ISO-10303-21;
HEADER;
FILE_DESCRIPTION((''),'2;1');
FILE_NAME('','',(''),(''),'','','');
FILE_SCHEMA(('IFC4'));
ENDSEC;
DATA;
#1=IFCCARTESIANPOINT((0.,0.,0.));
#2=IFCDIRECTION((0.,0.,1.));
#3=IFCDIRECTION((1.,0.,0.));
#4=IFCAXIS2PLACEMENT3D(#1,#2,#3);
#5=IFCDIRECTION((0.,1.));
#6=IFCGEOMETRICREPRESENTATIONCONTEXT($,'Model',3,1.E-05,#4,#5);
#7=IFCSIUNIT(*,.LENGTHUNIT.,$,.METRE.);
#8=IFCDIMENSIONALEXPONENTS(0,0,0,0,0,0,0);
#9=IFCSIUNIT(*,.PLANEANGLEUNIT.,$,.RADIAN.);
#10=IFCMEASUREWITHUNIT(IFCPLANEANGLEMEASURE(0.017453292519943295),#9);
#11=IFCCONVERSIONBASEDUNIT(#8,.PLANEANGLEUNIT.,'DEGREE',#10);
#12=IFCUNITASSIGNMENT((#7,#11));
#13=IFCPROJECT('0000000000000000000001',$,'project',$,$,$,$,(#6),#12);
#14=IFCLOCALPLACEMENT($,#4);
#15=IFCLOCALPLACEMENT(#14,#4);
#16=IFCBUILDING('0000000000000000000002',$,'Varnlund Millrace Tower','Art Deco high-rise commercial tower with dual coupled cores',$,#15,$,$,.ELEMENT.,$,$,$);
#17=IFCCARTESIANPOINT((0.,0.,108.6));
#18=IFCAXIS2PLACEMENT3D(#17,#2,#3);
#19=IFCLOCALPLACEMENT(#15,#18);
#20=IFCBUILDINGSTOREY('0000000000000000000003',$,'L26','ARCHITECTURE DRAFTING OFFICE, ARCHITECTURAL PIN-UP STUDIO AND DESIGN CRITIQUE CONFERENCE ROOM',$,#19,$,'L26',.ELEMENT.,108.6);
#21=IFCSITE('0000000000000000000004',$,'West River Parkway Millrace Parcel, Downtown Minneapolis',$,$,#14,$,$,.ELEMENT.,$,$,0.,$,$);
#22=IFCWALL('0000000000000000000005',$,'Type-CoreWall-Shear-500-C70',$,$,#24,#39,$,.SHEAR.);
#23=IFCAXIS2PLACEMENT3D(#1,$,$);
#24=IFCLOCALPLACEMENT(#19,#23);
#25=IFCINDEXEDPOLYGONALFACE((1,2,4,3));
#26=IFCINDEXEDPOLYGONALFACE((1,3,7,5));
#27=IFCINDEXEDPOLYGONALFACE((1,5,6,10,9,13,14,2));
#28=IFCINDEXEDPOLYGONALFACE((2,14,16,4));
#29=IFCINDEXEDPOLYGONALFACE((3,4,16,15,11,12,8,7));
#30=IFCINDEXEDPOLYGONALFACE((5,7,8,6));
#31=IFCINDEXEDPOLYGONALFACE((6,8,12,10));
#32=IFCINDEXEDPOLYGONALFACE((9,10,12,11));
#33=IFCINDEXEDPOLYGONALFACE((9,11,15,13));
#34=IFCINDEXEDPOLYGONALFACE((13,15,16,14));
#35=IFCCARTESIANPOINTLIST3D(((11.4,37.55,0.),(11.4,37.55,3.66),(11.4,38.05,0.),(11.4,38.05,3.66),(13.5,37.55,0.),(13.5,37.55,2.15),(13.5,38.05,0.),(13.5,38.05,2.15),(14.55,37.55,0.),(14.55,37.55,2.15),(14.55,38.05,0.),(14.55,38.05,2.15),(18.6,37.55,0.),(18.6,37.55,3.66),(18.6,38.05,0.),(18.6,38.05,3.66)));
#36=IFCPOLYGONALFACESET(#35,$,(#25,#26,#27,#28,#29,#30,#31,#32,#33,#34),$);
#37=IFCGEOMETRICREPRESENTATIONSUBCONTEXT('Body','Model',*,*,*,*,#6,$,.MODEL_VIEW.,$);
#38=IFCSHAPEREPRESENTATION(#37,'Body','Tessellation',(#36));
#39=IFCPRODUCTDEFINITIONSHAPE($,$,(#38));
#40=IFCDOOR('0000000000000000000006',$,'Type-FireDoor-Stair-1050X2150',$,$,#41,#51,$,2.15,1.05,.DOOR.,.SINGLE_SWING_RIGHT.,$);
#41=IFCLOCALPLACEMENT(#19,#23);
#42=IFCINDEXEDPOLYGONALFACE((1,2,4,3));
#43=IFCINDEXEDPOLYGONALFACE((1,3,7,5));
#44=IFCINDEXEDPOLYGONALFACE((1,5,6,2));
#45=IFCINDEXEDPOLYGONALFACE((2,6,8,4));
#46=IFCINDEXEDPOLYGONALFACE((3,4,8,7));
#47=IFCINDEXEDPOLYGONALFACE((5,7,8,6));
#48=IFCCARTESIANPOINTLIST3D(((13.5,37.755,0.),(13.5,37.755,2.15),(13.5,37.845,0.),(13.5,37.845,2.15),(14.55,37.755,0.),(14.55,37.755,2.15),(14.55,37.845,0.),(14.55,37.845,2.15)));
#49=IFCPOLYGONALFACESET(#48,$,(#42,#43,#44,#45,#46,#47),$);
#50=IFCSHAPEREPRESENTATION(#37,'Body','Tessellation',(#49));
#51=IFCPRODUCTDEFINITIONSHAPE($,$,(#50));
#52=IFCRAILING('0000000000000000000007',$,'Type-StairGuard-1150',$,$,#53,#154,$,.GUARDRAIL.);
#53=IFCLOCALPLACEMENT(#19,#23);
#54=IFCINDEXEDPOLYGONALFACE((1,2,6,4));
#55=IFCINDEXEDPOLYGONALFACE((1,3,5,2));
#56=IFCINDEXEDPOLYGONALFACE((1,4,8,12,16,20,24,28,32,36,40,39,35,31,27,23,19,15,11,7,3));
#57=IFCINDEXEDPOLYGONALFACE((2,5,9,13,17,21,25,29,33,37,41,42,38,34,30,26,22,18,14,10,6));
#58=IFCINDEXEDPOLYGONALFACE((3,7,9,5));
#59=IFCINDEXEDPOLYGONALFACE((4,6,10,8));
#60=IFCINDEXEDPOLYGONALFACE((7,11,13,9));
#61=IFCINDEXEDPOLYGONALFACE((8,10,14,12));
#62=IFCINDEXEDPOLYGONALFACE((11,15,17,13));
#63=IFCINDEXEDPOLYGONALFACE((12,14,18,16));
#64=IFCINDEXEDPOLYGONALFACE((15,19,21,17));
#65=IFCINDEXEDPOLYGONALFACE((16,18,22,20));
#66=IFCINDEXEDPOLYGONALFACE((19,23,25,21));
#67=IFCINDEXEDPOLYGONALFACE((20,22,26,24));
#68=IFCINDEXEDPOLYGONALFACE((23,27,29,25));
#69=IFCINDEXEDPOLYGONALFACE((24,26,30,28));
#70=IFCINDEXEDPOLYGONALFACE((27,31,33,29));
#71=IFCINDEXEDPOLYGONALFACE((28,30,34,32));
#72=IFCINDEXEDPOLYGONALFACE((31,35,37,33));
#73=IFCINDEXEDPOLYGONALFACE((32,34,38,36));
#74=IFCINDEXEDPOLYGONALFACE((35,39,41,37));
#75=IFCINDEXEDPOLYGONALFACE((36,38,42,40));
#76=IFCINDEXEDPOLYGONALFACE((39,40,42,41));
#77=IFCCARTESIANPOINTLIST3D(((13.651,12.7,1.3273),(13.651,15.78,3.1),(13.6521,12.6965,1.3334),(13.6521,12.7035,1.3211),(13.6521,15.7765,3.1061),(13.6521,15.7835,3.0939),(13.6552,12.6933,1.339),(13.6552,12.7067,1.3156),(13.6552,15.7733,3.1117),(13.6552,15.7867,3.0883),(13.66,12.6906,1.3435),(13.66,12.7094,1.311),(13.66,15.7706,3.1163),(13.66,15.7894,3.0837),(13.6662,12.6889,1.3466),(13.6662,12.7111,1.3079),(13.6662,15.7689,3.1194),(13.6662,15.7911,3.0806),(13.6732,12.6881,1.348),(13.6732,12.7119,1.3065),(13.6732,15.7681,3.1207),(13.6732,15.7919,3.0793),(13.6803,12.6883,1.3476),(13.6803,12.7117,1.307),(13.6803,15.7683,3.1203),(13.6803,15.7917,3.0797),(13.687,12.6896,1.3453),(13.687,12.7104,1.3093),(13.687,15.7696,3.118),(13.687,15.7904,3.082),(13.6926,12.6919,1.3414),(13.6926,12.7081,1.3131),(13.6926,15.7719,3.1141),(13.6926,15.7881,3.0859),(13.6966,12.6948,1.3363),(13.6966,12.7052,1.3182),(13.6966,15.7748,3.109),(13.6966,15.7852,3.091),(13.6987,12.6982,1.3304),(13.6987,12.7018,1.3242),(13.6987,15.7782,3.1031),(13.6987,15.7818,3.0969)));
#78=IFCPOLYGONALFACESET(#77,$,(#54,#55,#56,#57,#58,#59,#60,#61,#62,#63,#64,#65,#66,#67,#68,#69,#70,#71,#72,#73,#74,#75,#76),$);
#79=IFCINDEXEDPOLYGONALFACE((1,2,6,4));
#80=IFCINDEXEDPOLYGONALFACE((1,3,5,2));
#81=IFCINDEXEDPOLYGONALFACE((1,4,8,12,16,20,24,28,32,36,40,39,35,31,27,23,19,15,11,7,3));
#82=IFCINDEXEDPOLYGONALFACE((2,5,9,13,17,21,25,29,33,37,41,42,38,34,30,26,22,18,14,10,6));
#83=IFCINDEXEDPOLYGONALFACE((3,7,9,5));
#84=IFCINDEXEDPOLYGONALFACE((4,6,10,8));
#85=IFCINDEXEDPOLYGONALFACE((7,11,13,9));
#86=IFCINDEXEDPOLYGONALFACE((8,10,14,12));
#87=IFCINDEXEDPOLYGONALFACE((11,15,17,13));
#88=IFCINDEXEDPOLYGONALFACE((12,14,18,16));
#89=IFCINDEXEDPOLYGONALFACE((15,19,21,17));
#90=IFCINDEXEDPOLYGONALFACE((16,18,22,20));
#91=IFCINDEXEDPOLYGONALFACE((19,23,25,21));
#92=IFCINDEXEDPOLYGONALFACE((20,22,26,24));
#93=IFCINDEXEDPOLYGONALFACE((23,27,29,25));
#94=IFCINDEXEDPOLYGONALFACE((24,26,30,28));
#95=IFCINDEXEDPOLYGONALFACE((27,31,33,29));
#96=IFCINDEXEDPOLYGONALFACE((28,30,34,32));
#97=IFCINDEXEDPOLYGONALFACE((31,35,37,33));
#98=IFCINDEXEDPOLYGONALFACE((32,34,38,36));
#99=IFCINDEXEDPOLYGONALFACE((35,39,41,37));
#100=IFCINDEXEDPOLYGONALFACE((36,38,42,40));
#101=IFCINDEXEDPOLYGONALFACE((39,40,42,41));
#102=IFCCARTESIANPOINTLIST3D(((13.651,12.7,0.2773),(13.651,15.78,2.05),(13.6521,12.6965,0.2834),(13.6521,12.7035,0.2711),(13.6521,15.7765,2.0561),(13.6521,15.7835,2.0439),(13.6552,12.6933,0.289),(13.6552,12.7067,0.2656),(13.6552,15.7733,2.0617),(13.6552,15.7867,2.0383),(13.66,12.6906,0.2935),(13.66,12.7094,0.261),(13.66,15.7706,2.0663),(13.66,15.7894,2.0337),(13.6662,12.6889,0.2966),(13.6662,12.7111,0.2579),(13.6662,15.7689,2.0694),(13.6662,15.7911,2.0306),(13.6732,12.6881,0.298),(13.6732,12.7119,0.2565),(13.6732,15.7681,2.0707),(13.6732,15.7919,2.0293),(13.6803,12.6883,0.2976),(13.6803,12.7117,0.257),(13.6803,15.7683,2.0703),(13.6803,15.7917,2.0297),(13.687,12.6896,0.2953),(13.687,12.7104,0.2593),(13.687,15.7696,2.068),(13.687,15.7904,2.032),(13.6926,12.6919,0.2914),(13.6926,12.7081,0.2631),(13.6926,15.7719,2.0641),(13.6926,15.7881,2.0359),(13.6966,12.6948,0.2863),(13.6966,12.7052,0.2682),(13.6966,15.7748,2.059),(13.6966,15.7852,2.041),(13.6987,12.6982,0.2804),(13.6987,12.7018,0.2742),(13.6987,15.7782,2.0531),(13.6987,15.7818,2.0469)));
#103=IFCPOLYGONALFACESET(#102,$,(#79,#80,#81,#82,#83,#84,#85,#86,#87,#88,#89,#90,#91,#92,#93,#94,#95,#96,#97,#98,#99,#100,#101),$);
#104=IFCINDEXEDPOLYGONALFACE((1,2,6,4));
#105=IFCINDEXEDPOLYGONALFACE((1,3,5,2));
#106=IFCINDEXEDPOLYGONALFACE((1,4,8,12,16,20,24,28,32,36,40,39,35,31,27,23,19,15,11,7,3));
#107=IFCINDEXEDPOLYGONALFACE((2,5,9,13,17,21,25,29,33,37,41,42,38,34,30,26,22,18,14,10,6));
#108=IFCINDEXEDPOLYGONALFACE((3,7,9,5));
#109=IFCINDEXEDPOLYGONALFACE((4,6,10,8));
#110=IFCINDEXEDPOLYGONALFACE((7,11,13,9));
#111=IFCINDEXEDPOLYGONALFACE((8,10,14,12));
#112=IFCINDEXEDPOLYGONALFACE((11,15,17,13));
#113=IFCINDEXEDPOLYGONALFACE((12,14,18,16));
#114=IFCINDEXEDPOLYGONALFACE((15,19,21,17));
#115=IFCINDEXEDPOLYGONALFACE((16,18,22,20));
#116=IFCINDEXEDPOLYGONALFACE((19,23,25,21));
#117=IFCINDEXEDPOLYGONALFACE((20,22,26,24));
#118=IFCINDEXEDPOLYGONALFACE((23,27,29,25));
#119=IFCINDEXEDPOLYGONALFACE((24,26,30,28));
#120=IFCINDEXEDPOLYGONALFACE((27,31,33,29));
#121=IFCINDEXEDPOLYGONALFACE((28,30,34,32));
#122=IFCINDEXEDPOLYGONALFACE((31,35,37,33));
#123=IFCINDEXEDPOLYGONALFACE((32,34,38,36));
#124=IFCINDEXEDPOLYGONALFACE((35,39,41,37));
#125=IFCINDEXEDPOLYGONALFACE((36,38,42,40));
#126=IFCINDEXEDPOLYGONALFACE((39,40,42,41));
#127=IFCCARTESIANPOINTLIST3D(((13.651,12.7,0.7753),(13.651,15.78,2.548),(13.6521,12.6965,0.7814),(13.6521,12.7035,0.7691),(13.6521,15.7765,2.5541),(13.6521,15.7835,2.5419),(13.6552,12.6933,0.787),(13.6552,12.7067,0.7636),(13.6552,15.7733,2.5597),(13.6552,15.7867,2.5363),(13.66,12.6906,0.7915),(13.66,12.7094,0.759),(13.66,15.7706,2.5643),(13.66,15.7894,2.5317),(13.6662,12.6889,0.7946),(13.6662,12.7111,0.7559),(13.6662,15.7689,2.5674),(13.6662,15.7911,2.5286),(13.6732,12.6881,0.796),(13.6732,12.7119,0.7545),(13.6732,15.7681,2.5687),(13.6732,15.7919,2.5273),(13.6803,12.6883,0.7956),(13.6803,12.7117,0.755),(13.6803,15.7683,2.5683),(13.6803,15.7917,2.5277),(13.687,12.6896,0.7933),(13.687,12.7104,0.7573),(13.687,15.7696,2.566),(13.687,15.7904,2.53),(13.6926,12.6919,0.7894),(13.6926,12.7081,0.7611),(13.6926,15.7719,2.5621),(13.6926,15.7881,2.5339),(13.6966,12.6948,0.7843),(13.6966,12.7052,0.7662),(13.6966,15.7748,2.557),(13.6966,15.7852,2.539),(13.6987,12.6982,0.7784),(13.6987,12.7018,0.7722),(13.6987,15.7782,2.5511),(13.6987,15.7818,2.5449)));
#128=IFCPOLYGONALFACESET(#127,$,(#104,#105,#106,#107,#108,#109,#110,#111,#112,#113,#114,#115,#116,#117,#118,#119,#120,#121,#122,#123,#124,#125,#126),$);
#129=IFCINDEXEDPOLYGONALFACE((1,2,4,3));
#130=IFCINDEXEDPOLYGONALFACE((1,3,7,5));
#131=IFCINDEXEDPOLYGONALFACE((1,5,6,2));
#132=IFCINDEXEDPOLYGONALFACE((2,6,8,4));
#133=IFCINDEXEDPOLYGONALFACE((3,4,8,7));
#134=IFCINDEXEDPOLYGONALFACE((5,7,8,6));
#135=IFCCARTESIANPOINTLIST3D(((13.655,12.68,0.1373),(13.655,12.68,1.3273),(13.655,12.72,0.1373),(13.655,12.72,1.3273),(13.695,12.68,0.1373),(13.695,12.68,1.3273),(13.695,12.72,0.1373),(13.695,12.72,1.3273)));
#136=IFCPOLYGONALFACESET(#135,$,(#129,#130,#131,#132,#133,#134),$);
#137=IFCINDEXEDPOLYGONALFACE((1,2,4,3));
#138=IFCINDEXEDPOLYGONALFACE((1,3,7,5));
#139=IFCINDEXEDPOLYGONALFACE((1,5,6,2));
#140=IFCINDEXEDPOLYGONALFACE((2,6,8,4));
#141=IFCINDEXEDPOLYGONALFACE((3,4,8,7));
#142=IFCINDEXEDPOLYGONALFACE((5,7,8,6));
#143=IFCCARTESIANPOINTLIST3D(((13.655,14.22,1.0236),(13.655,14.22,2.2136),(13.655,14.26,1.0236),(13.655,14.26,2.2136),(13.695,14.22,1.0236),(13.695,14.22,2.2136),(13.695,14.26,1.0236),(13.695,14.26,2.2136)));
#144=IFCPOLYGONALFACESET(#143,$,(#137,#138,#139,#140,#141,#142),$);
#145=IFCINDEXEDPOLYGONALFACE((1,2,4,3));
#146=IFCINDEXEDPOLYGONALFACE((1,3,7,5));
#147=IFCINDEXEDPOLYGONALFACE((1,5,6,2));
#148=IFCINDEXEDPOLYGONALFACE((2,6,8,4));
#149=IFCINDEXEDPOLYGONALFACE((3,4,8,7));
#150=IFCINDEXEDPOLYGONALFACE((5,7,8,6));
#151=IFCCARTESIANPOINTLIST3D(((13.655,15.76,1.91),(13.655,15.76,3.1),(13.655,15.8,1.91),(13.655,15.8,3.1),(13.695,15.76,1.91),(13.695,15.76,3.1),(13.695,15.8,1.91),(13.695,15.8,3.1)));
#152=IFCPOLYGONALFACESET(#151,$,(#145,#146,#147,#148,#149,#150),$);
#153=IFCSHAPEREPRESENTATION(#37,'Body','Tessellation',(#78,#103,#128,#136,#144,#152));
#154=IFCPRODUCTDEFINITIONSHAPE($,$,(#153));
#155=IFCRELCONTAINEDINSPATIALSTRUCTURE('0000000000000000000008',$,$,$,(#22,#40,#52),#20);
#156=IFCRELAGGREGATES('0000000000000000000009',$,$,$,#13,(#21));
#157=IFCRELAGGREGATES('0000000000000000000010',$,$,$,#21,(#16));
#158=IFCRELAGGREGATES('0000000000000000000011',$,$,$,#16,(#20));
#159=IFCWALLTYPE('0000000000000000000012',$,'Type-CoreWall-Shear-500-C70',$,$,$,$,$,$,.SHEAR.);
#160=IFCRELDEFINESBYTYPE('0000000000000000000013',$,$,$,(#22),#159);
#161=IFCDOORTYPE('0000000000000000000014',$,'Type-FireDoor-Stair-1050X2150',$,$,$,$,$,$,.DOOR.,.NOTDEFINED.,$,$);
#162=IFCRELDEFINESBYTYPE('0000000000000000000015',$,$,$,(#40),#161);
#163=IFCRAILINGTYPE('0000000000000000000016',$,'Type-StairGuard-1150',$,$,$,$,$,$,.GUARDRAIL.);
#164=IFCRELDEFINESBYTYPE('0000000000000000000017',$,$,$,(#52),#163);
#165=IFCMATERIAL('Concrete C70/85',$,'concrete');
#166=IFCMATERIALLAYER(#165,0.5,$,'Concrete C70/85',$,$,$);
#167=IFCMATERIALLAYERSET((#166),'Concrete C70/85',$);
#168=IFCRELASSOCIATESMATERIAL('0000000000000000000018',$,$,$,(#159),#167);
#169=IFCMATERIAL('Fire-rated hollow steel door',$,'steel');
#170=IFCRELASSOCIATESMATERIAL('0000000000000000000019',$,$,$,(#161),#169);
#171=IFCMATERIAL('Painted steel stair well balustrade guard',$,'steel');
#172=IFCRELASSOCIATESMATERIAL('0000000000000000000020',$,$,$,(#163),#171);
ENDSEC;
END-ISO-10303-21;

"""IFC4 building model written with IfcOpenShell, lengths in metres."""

from ifc_helpers import new_model, entity, si_unit, converted_unit, direction, frame, origin_with_axes, origin_2d_with_axis, place, context, subcontext, project, spatial, polyline, rectangle, circle, outline, extrude, material, layer, layer_set, type_object, element, fill, save


model = new_model("IFC4")

# Units and contexts
model_context = context("Model", 3, precision=1e-05, world=origin_with_axes(), true_north=direction((0.0, 1.0)))
body_context = subcontext(model_context, "Body", "Model", "MODEL_VIEW")
ifc_project = project(units=[si_unit("LENGTHUNIT", "METRE"), converted_unit("PLANEANGLEUNIT", "DEGREE", entity("IfcPlaneAngleMeasure", 0.017453292519943295), si_unit("PLANEANGLEUNIT", "RADIAN"), dimensions=[0, 0, 0, 0, 0, 0, 0])], contexts=[model_context])

# Site, building, storey
site_placement = place(None, origin_with_axes())
site = spatial("IfcSite", under=ifc_project, at=site_placement, Name="West River Parkway Millrace Parcel, Downtown Minneapolis", CompositionType="ELEMENT", RefElevation=0.0)
building_placement = place(site_placement, origin_with_axes())
building = spatial("IfcBuilding", under=site, at=building_placement, Name="Varnlund Millrace Tower", Description="Art Deco high-rise commercial tower with dual coupled cores", CompositionType="ELEMENT")
storey_placement = place(building_placement, frame((0.0, 0.0, 108.6), z_axis=(0.0, 0.0, 1.0), x_axis=(1.0, 0.0, 0.0)))
storey = spatial("IfcBuildingStorey", under=building, at=storey_placement, Name="L26", Description="ARCHITECTURE DRAFTING OFFICE, ARCHITECTURAL PIN-UP STUDIO AND DESIGN CRITIQUE CONFERENCE ROOM", LongName="L26", CompositionType="ELEMENT", Elevation=108.6)

# Shared definitions
ifc_material_1 = material(Name="Concrete C70/85", Category="concrete")
ifc_layer_1 = layer(ifc_material_1, 0.5, Name="Concrete C70/85")
ifc_layer_set_1 = layer_set([ifc_layer_1], Name="Concrete C70/85")
wall_type = type_object("IfcWallType", Name="Type-CoreWall-Shear-500-C70", PredefinedType="SHEAR", material=ifc_layer_set_1)

# Wall, opening, door
ifc_material_2 = material(Name="Fire-rated hollow steel door", Category="steel")
door_type = type_object("IfcDoorType", Name="Type-FireDoor-Stair-1050X2150", OperationType="NOTDEFINED", PredefinedType="DOOR", material=ifc_material_2)
wall_1_placement = place(storey_placement, frame((11.4, 37.8, 0.0), z_axis=(0.0, 0.0, 1.0), x_axis=(1.0, 0.0, 0.0)))
wall_1 = element("IfcWall", 1, at=wall_1_placement, inside=storey, type_object=wall_type, Name="Type-CoreWall-Shear-500-C70", PredefinedType="SHEAR", context=body_context, shape_type="SweptSolid", body=[
    extrude(outline(polyline([(0.0, -0.25), (7.2, -0.25), (7.2, 0.25), (0.0, 0.25), (0.0, -0.25)])), origin_with_axes(), (0.0, 0.0, 1.0), 3.66),
])
opening_1_placement = place(wall_1_placement, frame((2.625, 0.0, 0.0), z_axis=(0.0, 0.0, 1.0), x_axis=(1.0, 0.0, 0.0)))
opening_1 = element("IfcOpeningElement", 2, at=opening_1_placement, cuts=wall_1, PredefinedType="OPENING", context=body_context, shape_type="SweptSolid", body=[
    extrude(rectangle(XDim=1.05, YDim=0.52, at=origin_2d_with_axis()), origin_with_axes(), (0.0, 0.0, 1.0), 2.15),
])
door_1_placement = place(wall_1_placement, frame((2.625, 0.0, 0.0), z_axis=(0.0, 0.0, 1.0), x_axis=(1.0, 0.0, 0.0)))
door_1 = element("IfcDoor", 3, at=door_1_placement, inside=storey, type_object=door_type, Name="Type-FireDoor-Stair-1050X2150", OperationType="SINGLE_SWING_RIGHT", OverallHeight=2.15, OverallWidth=1.05, PredefinedType="DOOR", context=body_context, shape_type="SweptSolid", body=[
    extrude(rectangle(XDim=1.05, YDim=0.09, at=origin_2d_with_axis()), origin_with_axes(), (0.0, 0.0, 1.0), 2.15),
])
fill(opening_1, door_1)

# Railing
ifc_material_3 = material(Name="Painted steel stair well balustrade guard", Category="steel")
railing_type_1 = type_object("IfcRailingType", Name="Type-StairGuard-1150", PredefinedType="GUARDRAIL", material=ifc_material_3)
railing_1_placement = place(storey_placement, frame((0.0, 0.0, -108.6), z_axis=(0.0, 0.0, 1.0), x_axis=(1.0, 0.0, 0.0)))
element("IfcRailing", 4, at=railing_1_placement, inside=storey, type_object=railing_type_1, Name="Type-StairGuard-1150", PredefinedType="GUARDRAIL", context=body_context, shape_type="SweptSolid", body=[
    extrude(circle(Radius=0.024, at=origin_2d_with_axis()), frame((13.675, 12.7, 109.9273), z_axis=(0.0, 0.866696, 0.498836), x_axis=(-1.0, 0.0, 0.0)), (0.0, 0.0, 1.0), 3.5537),
    extrude(circle(Radius=0.024, at=origin_2d_with_axis()), frame((13.675, 12.7, 108.8773), z_axis=(0.0, 0.866696, 0.498836), x_axis=(-1.0, 0.0, 0.0)), (0.0, 0.0, 1.0), 3.5537),
    extrude(circle(Radius=0.024, at=origin_2d_with_axis()), frame((13.675, 12.7, 109.3753), z_axis=(0.0, 0.866696, 0.498836), x_axis=(-1.0, 0.0, 0.0)), (0.0, 0.0, 1.0), 3.5537),
    extrude(rectangle(XDim=0.04, YDim=0.04, at=origin_2d_with_axis()), frame((13.675, 12.7, 108.7373), z_axis=(0.0, 0.0, 1.0), x_axis=(1.0, 0.0, 0.0)), (0.0, 0.0, 1.0), 1.19),
    extrude(rectangle(XDim=0.04, YDim=0.04, at=origin_2d_with_axis()), frame((13.675, 14.24, 109.6236), z_axis=(0.0, 0.0, 1.0), x_axis=(1.0, 0.0, 0.0)), (0.0, 0.0, 1.0), 1.19),
    extrude(rectangle(XDim=0.04, YDim=0.04, at=origin_2d_with_axis()), frame((13.675, 15.78, 110.51), z_axis=(0.0, 0.0, 1.0), x_axis=(1.0, 0.0, 0.0)), (0.0, 0.0, 1.0), 1.19),
])

save(model, "model.ifc")
